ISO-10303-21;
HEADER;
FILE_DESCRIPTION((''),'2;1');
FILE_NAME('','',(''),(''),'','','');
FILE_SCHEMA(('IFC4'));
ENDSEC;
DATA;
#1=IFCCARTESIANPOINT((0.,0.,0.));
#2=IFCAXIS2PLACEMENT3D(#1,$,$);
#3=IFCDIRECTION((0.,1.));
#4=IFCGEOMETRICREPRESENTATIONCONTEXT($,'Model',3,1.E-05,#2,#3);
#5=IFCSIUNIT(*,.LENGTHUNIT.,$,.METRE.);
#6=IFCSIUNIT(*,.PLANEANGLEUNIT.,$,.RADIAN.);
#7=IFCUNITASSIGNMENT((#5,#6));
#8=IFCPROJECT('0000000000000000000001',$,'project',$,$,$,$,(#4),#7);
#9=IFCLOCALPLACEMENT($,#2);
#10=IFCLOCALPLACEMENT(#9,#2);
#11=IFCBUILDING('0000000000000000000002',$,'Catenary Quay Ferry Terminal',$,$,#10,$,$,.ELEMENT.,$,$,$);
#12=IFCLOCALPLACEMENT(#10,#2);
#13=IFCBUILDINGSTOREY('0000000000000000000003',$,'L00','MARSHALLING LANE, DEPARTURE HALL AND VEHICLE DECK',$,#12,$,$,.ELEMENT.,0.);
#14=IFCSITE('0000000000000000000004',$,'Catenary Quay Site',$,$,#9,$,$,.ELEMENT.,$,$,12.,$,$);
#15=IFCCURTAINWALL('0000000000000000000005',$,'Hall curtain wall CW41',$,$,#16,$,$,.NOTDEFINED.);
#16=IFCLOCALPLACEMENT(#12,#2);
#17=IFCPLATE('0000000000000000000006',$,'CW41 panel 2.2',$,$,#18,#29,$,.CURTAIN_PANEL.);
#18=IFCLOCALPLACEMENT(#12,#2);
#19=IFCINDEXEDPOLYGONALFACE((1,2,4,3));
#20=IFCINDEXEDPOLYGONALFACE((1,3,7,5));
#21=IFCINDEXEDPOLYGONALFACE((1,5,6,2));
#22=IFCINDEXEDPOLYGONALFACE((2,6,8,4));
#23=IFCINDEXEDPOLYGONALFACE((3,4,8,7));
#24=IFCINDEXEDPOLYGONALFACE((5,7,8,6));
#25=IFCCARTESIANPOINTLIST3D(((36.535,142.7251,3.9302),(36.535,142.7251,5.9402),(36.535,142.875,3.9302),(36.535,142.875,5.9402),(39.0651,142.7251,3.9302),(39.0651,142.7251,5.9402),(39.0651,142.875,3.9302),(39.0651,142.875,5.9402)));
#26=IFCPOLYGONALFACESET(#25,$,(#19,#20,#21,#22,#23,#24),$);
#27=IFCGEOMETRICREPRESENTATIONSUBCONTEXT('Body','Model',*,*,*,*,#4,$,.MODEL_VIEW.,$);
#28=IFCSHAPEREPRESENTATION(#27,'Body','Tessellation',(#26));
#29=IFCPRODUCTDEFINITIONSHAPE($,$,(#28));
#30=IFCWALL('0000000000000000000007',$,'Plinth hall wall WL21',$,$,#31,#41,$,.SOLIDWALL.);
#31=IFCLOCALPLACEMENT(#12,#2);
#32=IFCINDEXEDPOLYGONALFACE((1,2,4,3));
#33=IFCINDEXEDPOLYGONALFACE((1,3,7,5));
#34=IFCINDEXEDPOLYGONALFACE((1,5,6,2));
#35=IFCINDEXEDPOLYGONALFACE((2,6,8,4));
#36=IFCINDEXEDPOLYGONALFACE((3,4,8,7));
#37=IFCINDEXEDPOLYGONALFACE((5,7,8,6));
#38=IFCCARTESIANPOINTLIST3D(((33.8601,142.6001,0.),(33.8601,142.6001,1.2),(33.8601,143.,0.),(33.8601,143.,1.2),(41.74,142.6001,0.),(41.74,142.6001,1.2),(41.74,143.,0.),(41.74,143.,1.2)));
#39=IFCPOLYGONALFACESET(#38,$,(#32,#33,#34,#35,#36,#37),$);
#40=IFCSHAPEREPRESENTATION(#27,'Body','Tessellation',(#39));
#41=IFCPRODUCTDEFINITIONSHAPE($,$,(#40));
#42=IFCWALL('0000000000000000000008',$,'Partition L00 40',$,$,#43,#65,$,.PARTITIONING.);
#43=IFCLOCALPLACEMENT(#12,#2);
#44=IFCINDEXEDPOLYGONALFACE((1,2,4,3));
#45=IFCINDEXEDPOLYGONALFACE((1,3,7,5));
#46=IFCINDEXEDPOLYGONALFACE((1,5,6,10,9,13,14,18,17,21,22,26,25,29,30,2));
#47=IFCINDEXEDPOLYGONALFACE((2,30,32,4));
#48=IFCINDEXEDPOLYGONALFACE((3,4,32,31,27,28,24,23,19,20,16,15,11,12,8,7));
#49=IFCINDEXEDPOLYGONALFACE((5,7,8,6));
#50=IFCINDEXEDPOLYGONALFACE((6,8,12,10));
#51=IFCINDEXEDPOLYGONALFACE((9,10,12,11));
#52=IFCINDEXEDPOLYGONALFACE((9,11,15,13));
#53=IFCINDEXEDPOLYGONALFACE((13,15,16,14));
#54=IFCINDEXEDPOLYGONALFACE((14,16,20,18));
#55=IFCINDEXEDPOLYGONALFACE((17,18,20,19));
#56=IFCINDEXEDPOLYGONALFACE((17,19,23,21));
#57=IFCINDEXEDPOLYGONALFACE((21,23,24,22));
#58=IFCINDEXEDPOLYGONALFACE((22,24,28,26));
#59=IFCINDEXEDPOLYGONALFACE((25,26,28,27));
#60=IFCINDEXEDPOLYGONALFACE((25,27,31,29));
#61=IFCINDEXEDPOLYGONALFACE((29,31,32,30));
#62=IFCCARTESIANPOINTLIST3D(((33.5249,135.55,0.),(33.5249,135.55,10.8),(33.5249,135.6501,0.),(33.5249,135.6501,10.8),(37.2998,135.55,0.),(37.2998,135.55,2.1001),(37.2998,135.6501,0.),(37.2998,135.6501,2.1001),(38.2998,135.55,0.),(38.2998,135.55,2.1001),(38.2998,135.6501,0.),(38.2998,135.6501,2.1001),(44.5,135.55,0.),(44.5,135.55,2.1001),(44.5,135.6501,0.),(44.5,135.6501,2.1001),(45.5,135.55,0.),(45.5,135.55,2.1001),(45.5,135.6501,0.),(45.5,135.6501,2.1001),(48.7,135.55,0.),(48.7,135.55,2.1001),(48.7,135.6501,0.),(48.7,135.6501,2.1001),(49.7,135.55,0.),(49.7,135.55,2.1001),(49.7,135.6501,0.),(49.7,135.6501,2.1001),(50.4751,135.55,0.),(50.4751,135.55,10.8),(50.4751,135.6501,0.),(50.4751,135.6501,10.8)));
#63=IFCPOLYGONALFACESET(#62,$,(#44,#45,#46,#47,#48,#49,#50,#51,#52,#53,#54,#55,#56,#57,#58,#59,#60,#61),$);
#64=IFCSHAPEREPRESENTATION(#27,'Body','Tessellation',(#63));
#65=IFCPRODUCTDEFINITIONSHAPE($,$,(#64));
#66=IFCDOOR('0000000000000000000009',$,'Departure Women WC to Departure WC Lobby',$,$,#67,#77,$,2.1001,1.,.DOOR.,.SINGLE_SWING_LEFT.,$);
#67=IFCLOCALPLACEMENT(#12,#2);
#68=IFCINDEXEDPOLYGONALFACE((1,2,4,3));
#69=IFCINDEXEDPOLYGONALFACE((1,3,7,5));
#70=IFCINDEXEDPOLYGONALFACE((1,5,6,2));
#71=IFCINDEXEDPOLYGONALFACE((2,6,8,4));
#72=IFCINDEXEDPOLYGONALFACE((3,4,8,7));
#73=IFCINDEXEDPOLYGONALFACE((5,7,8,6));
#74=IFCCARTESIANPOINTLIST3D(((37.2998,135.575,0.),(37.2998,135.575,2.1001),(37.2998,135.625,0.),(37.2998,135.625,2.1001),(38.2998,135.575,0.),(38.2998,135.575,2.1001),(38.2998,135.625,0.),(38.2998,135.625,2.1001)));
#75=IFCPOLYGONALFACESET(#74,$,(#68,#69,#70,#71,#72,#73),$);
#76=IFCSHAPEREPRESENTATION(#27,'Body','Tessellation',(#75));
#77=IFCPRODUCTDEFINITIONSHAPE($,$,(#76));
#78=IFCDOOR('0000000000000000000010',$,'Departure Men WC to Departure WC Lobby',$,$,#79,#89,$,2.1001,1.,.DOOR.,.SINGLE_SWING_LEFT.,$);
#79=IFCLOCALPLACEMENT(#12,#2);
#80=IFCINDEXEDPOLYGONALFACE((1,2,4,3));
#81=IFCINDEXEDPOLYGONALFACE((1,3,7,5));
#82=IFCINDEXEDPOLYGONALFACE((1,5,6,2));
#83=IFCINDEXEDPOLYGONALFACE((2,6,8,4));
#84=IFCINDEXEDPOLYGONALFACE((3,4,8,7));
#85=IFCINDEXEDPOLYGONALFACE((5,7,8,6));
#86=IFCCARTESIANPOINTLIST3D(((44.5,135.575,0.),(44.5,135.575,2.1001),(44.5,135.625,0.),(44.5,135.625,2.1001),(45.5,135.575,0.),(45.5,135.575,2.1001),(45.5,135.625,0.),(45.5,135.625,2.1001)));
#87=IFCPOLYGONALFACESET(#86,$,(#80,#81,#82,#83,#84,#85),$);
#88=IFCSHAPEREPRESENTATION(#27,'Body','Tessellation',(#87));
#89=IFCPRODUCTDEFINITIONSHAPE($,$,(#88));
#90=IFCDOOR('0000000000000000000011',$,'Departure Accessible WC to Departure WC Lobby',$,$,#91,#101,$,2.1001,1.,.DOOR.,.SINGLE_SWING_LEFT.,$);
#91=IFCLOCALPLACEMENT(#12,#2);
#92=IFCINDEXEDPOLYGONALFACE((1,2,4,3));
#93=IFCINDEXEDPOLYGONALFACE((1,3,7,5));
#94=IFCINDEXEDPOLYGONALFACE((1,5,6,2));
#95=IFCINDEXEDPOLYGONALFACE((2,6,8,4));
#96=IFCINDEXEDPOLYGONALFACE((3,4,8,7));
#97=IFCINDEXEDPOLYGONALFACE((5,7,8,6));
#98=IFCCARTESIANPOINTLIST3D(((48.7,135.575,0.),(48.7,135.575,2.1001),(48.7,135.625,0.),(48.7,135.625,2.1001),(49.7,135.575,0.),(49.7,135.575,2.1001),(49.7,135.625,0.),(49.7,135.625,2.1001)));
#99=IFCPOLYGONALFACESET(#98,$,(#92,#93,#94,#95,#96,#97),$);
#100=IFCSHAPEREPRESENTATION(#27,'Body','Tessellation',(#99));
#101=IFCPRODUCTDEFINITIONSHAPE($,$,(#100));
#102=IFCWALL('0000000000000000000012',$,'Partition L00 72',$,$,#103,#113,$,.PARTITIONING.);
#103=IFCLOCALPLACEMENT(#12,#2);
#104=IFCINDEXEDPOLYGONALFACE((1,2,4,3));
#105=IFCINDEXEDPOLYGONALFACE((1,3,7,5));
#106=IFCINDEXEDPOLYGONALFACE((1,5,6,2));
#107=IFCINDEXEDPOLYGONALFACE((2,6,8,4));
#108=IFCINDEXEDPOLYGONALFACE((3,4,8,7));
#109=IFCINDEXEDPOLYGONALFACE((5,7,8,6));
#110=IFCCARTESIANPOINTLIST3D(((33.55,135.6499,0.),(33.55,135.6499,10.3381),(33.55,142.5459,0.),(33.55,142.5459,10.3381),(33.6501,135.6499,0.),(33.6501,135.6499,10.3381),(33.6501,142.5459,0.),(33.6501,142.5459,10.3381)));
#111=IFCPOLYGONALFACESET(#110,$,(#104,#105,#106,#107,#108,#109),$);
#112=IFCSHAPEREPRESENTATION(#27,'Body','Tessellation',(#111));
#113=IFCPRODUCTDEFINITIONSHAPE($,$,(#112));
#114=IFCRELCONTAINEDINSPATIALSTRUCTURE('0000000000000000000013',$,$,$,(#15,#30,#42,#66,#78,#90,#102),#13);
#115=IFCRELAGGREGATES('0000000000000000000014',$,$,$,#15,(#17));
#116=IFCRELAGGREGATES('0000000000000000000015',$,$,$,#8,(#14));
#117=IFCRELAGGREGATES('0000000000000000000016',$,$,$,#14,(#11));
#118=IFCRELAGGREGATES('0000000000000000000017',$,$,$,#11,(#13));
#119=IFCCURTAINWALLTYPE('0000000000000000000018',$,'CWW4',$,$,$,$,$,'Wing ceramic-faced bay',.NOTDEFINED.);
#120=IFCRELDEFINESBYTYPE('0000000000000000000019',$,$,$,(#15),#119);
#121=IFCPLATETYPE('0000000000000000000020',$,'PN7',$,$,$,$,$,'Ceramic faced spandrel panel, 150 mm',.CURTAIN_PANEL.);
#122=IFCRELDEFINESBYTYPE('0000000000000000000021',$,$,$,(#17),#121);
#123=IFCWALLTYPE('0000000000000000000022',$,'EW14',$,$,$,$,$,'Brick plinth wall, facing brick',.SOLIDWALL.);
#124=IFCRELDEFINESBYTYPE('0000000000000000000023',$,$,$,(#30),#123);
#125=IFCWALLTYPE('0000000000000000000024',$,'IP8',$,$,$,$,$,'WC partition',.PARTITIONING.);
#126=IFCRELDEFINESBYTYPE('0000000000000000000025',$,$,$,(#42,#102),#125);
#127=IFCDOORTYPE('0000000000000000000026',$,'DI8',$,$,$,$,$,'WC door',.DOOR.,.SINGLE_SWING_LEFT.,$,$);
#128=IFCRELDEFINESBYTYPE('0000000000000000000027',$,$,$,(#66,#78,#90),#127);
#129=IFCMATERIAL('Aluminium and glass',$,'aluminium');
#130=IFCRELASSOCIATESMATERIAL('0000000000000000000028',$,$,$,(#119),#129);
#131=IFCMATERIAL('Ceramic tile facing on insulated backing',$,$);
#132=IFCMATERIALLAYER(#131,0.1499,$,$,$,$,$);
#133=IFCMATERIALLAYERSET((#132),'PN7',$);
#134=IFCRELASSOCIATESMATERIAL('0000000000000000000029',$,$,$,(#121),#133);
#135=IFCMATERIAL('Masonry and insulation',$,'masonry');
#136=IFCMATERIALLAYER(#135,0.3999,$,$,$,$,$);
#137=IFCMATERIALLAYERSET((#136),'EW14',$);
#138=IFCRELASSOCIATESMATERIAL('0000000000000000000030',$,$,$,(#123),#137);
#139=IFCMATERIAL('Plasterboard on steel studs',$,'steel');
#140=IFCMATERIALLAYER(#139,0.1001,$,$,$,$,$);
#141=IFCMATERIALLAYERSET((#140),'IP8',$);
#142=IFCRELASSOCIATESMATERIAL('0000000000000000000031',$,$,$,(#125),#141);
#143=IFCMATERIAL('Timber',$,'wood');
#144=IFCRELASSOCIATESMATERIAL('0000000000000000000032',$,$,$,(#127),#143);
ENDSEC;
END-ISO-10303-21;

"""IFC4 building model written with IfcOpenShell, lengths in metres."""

from ifc_helpers import new_model, si_unit, direction, frame, frame_2d, origin, origin_2d, place, context, subcontext, project, spatial, rectangle, extrude, material, layer, layer_set, type_object, element, fill, aggregate, save


model = new_model("IFC4")

# Units and contexts
model_context = context("Model", 3, precision=1e-05, world=origin(), true_north=direction((0.0, 1.0)))
body_context = subcontext(model_context, "Body", "Model", "MODEL_VIEW")
ifc_project = project(units=[si_unit("LENGTHUNIT", "METRE"), si_unit("PLANEANGLEUNIT", "RADIAN")], contexts=[model_context])

# Site, building, storey
site_placement = place(None, origin())
site = spatial("IfcSite", under=ifc_project, at=site_placement, Name="Catenary Quay Site", CompositionType="ELEMENT", RefElevation=12.0)
building_placement = place(site_placement, origin())
building = spatial("IfcBuilding", under=site, at=building_placement, Name="Catenary Quay Ferry Terminal", CompositionType="ELEMENT")
storey_placement = place(building_placement, origin())
storey = spatial("IfcBuildingStorey", under=building, at=storey_placement, Name="L00", Description="MARSHALLING LANE, DEPARTURE HALL AND VEHICLE DECK", CompositionType="ELEMENT", Elevation=0.0)

# Curtain wall
ifc_material_1 = material(Name="Aluminium and glass", Category="aluminium")
curtain_wall_type_1 = type_object("IfcCurtainWallType", Name="CWW4", ElementType="Wing ceramic-faced bay", PredefinedType="NOTDEFINED", material=ifc_material_1)
curtain_wall_1_placement = place(storey_placement, origin())
curtain_wall_1 = element("IfcCurtainWall", 1, at=curtain_wall_1_placement, inside=storey, type_object=curtain_wall_type_1, Name="Hall curtain wall CW41", PredefinedType="NOTDEFINED")

# Plate
ifc_material_2 = material(Name="Ceramic tile facing on insulated backing")
ifc_layer_1 = layer(ifc_material_2, 0.1499)
ifc_layer_set_1 = layer_set([ifc_layer_1], Name="PN7")
plate_type_1 = type_object("IfcPlateType", Name="PN7", ElementType="Ceramic faced spandrel panel, 150 mm", PredefinedType="CURTAIN_PANEL", material=ifc_layer_set_1)
plate_1_placement = place(storey_placement, frame((37.8, 142.8, 3.9302), z_axis=(0.0, 0.0, 1.0), x_axis=(1.0, 0.0, 0.0)))
plate_1 = element("IfcPlate", 2, at=plate_1_placement, type_object=plate_type_1, Name="CW41 panel 2.2", PredefinedType="CURTAIN_PANEL", context=body_context, shape_type="SweptSolid", body=[
    extrude(rectangle(XDim=2.53, YDim=0.1499, at=origin_2d()), origin(), (0.0, 0.0, 1.0), 2.01),
])
aggregate(curtain_wall_1, [plate_1])

# Wall
ifc_material_3 = material(Name="Masonry and insulation", Category="masonry")
ifc_layer_2 = layer(ifc_material_3, 0.3999)
ifc_layer_set_2 = layer_set([ifc_layer_2], Name="EW14")
wall_type_1 = type_object("IfcWallType", Name="EW14", ElementType="Brick plinth wall, facing brick", PredefinedType="SOLIDWALL", material=ifc_layer_set_2)
wall_1_placement = place(storey_placement, frame((33.8601, 142.8, 0.0), z_axis=(0.0, 0.0, 1.0), x_axis=(1.0, 0.0, 0.0)))
element("IfcWall", 3, at=wall_1_placement, inside=storey, type_object=wall_type_1, Name="Plinth hall wall WL21", PredefinedType="SOLIDWALL", context=body_context, shape_type="SweptSolid", body=[
    extrude(rectangle(XDim=7.8799, YDim=0.3999, at=frame_2d((3.9399, 0.0))), origin(), (0.0, 0.0, 1.0), 1.2),
])

# Wall, openings, doors
ifc_material_4 = material(Name="Plasterboard on steel studs", Category="steel")
ifc_layer_3 = layer(ifc_material_4, 0.1001)
ifc_layer_set_3 = layer_set([ifc_layer_3], Name="IP8")
wall_type_2 = type_object("IfcWallType", Name="IP8", ElementType="WC partition", PredefinedType="PARTITIONING", material=ifc_layer_set_3)
wall_2_placement = place(storey_placement, frame((33.5249, 135.6001, 0.0), z_axis=(0.0, 0.0, 1.0), x_axis=(1.0, 0.0, 0.0)))
wall_2 = element("IfcWall", 4, at=wall_2_placement, inside=storey, type_object=wall_type_2, Name="Partition L00 40", PredefinedType="PARTITIONING", context=body_context, shape_type="SweptSolid", body=[
    extrude(rectangle(XDim=16.9502, YDim=0.1001, at=frame_2d((8.4751, 0.0))), origin(), (0.0, 0.0, 1.0), 10.8),
])
opening_1_placement = place(wall_2_placement, frame((3.7749, 0.0, 0.0)))
opening_1 = element("IfcOpeningElement", 5, at=opening_1_placement, cuts=wall_2, PredefinedType="OPENING", context=body_context, shape_type="SweptSolid", body=[
    extrude(rectangle(XDim=1.0, YDim=2.1001, at=frame_2d((0.5, 1.05))), frame((0.0, 0.0601, 0.0), z_axis=(0.0, -1.0, 0.0), x_axis=(1.0, 0.0, 0.0)), (0.0, 0.0, 1.0), 0.1201),
])
opening_2_placement = place(wall_2_placement, frame((10.9751, 0.0, 0.0)))
opening_2 = element("IfcOpeningElement", 6, at=opening_2_placement, cuts=wall_2, PredefinedType="OPENING", context=body_context, shape_type="SweptSolid", body=[
    extrude(rectangle(XDim=1.0, YDim=2.1001, at=frame_2d((0.5, 1.05))), frame((0.0, 0.0601, 0.0), z_axis=(0.0, -1.0, 0.0), x_axis=(1.0, 0.0, 0.0)), (0.0, 0.0, 1.0), 0.1201),
])
opening_3_placement = place(wall_2_placement, frame((15.175, 0.0, 0.0)))
opening_3 = element("IfcOpeningElement", 7, at=opening_3_placement, cuts=wall_2, PredefinedType="OPENING", context=body_context, shape_type="SweptSolid", body=[
    extrude(rectangle(XDim=1.0, YDim=2.1001, at=frame_2d((0.5, 1.05))), frame((0.0, 0.0601, 0.0), z_axis=(0.0, -1.0, 0.0), x_axis=(1.0, 0.0, 0.0)), (0.0, 0.0, 1.0), 0.1201),
])
ifc_material_5 = material(Name="Timber", Category="wood")
door_type = type_object("IfcDoorType", Name="DI8", ElementType="WC door", OperationType="SINGLE_SWING_LEFT", PredefinedType="DOOR", material=ifc_material_5)
door_1_placement = place(opening_1_placement, origin())
door_1 = element("IfcDoor", 8, at=door_1_placement, inside=storey, type_object=door_type, Name="Departure Women WC to Departure WC Lobby", OperationType="SINGLE_SWING_LEFT", OverallHeight=2.1001, OverallWidth=1.0, PredefinedType="DOOR", context=body_context, shape_type="SweptSolid", body=[
    extrude(rectangle(XDim=1.0, YDim=2.1001, at=frame_2d((0.5, 1.05))), frame((0.0, 0.0249, 0.0), z_axis=(0.0, -1.0, 0.0), x_axis=(1.0, 0.0, 0.0)), (0.0, 0.0, 1.0), 0.05),
])
fill(opening_1, door_1)
door_2_placement = place(opening_2_placement, origin())
door_2 = element("IfcDoor", 9, at=door_2_placement, inside=storey, type_object=door_type, Name="Departure Men WC to Departure WC Lobby", OperationType="SINGLE_SWING_LEFT", OverallHeight=2.1001, OverallWidth=1.0, PredefinedType="DOOR", context=body_context, shape_type="SweptSolid", body=[
    extrude(rectangle(XDim=1.0, YDim=2.1001, at=frame_2d((0.5, 1.05))), frame((0.0, 0.0249, 0.0), z_axis=(0.0, -1.0, 0.0), x_axis=(1.0, 0.0, 0.0)), (0.0, 0.0, 1.0), 0.05),
])
fill(opening_2, door_2)
door_3_placement = place(opening_3_placement, origin())
door_3 = element("IfcDoor", 10, at=door_3_placement, inside=storey, type_object=door_type, Name="Departure Accessible WC to Departure WC Lobby", OperationType="SINGLE_SWING_LEFT", OverallHeight=2.1001, OverallWidth=1.0, PredefinedType="DOOR", context=body_context, shape_type="SweptSolid", body=[
    extrude(rectangle(XDim=1.0, YDim=2.1001, at=frame_2d((0.5, 1.05))), frame((0.0, 0.0249, 0.0), z_axis=(0.0, -1.0, 0.0), x_axis=(1.0, 0.0, 0.0)), (0.0, 0.0, 1.0), 0.05),
])
fill(opening_3, door_3)

# Wall
wall_3_placement = place(storey_placement, frame((33.6001, 135.6499, 0.0), z_axis=(0.0, 0.0, 1.0), x_axis=(0.0, 1.0, 0.0)))
element("IfcWall", 11, at=wall_3_placement, inside=storey, type_object=wall_type_2, Name="Partition L00 72", PredefinedType="PARTITIONING", context=body_context, shape_type="SweptSolid", body=[
    extrude(rectangle(XDim=6.896, YDim=0.1001, at=frame_2d((3.448, 0.0))), origin(), (0.0, 0.0, 1.0), 10.3381),
])

save(model, "model.ifc")
